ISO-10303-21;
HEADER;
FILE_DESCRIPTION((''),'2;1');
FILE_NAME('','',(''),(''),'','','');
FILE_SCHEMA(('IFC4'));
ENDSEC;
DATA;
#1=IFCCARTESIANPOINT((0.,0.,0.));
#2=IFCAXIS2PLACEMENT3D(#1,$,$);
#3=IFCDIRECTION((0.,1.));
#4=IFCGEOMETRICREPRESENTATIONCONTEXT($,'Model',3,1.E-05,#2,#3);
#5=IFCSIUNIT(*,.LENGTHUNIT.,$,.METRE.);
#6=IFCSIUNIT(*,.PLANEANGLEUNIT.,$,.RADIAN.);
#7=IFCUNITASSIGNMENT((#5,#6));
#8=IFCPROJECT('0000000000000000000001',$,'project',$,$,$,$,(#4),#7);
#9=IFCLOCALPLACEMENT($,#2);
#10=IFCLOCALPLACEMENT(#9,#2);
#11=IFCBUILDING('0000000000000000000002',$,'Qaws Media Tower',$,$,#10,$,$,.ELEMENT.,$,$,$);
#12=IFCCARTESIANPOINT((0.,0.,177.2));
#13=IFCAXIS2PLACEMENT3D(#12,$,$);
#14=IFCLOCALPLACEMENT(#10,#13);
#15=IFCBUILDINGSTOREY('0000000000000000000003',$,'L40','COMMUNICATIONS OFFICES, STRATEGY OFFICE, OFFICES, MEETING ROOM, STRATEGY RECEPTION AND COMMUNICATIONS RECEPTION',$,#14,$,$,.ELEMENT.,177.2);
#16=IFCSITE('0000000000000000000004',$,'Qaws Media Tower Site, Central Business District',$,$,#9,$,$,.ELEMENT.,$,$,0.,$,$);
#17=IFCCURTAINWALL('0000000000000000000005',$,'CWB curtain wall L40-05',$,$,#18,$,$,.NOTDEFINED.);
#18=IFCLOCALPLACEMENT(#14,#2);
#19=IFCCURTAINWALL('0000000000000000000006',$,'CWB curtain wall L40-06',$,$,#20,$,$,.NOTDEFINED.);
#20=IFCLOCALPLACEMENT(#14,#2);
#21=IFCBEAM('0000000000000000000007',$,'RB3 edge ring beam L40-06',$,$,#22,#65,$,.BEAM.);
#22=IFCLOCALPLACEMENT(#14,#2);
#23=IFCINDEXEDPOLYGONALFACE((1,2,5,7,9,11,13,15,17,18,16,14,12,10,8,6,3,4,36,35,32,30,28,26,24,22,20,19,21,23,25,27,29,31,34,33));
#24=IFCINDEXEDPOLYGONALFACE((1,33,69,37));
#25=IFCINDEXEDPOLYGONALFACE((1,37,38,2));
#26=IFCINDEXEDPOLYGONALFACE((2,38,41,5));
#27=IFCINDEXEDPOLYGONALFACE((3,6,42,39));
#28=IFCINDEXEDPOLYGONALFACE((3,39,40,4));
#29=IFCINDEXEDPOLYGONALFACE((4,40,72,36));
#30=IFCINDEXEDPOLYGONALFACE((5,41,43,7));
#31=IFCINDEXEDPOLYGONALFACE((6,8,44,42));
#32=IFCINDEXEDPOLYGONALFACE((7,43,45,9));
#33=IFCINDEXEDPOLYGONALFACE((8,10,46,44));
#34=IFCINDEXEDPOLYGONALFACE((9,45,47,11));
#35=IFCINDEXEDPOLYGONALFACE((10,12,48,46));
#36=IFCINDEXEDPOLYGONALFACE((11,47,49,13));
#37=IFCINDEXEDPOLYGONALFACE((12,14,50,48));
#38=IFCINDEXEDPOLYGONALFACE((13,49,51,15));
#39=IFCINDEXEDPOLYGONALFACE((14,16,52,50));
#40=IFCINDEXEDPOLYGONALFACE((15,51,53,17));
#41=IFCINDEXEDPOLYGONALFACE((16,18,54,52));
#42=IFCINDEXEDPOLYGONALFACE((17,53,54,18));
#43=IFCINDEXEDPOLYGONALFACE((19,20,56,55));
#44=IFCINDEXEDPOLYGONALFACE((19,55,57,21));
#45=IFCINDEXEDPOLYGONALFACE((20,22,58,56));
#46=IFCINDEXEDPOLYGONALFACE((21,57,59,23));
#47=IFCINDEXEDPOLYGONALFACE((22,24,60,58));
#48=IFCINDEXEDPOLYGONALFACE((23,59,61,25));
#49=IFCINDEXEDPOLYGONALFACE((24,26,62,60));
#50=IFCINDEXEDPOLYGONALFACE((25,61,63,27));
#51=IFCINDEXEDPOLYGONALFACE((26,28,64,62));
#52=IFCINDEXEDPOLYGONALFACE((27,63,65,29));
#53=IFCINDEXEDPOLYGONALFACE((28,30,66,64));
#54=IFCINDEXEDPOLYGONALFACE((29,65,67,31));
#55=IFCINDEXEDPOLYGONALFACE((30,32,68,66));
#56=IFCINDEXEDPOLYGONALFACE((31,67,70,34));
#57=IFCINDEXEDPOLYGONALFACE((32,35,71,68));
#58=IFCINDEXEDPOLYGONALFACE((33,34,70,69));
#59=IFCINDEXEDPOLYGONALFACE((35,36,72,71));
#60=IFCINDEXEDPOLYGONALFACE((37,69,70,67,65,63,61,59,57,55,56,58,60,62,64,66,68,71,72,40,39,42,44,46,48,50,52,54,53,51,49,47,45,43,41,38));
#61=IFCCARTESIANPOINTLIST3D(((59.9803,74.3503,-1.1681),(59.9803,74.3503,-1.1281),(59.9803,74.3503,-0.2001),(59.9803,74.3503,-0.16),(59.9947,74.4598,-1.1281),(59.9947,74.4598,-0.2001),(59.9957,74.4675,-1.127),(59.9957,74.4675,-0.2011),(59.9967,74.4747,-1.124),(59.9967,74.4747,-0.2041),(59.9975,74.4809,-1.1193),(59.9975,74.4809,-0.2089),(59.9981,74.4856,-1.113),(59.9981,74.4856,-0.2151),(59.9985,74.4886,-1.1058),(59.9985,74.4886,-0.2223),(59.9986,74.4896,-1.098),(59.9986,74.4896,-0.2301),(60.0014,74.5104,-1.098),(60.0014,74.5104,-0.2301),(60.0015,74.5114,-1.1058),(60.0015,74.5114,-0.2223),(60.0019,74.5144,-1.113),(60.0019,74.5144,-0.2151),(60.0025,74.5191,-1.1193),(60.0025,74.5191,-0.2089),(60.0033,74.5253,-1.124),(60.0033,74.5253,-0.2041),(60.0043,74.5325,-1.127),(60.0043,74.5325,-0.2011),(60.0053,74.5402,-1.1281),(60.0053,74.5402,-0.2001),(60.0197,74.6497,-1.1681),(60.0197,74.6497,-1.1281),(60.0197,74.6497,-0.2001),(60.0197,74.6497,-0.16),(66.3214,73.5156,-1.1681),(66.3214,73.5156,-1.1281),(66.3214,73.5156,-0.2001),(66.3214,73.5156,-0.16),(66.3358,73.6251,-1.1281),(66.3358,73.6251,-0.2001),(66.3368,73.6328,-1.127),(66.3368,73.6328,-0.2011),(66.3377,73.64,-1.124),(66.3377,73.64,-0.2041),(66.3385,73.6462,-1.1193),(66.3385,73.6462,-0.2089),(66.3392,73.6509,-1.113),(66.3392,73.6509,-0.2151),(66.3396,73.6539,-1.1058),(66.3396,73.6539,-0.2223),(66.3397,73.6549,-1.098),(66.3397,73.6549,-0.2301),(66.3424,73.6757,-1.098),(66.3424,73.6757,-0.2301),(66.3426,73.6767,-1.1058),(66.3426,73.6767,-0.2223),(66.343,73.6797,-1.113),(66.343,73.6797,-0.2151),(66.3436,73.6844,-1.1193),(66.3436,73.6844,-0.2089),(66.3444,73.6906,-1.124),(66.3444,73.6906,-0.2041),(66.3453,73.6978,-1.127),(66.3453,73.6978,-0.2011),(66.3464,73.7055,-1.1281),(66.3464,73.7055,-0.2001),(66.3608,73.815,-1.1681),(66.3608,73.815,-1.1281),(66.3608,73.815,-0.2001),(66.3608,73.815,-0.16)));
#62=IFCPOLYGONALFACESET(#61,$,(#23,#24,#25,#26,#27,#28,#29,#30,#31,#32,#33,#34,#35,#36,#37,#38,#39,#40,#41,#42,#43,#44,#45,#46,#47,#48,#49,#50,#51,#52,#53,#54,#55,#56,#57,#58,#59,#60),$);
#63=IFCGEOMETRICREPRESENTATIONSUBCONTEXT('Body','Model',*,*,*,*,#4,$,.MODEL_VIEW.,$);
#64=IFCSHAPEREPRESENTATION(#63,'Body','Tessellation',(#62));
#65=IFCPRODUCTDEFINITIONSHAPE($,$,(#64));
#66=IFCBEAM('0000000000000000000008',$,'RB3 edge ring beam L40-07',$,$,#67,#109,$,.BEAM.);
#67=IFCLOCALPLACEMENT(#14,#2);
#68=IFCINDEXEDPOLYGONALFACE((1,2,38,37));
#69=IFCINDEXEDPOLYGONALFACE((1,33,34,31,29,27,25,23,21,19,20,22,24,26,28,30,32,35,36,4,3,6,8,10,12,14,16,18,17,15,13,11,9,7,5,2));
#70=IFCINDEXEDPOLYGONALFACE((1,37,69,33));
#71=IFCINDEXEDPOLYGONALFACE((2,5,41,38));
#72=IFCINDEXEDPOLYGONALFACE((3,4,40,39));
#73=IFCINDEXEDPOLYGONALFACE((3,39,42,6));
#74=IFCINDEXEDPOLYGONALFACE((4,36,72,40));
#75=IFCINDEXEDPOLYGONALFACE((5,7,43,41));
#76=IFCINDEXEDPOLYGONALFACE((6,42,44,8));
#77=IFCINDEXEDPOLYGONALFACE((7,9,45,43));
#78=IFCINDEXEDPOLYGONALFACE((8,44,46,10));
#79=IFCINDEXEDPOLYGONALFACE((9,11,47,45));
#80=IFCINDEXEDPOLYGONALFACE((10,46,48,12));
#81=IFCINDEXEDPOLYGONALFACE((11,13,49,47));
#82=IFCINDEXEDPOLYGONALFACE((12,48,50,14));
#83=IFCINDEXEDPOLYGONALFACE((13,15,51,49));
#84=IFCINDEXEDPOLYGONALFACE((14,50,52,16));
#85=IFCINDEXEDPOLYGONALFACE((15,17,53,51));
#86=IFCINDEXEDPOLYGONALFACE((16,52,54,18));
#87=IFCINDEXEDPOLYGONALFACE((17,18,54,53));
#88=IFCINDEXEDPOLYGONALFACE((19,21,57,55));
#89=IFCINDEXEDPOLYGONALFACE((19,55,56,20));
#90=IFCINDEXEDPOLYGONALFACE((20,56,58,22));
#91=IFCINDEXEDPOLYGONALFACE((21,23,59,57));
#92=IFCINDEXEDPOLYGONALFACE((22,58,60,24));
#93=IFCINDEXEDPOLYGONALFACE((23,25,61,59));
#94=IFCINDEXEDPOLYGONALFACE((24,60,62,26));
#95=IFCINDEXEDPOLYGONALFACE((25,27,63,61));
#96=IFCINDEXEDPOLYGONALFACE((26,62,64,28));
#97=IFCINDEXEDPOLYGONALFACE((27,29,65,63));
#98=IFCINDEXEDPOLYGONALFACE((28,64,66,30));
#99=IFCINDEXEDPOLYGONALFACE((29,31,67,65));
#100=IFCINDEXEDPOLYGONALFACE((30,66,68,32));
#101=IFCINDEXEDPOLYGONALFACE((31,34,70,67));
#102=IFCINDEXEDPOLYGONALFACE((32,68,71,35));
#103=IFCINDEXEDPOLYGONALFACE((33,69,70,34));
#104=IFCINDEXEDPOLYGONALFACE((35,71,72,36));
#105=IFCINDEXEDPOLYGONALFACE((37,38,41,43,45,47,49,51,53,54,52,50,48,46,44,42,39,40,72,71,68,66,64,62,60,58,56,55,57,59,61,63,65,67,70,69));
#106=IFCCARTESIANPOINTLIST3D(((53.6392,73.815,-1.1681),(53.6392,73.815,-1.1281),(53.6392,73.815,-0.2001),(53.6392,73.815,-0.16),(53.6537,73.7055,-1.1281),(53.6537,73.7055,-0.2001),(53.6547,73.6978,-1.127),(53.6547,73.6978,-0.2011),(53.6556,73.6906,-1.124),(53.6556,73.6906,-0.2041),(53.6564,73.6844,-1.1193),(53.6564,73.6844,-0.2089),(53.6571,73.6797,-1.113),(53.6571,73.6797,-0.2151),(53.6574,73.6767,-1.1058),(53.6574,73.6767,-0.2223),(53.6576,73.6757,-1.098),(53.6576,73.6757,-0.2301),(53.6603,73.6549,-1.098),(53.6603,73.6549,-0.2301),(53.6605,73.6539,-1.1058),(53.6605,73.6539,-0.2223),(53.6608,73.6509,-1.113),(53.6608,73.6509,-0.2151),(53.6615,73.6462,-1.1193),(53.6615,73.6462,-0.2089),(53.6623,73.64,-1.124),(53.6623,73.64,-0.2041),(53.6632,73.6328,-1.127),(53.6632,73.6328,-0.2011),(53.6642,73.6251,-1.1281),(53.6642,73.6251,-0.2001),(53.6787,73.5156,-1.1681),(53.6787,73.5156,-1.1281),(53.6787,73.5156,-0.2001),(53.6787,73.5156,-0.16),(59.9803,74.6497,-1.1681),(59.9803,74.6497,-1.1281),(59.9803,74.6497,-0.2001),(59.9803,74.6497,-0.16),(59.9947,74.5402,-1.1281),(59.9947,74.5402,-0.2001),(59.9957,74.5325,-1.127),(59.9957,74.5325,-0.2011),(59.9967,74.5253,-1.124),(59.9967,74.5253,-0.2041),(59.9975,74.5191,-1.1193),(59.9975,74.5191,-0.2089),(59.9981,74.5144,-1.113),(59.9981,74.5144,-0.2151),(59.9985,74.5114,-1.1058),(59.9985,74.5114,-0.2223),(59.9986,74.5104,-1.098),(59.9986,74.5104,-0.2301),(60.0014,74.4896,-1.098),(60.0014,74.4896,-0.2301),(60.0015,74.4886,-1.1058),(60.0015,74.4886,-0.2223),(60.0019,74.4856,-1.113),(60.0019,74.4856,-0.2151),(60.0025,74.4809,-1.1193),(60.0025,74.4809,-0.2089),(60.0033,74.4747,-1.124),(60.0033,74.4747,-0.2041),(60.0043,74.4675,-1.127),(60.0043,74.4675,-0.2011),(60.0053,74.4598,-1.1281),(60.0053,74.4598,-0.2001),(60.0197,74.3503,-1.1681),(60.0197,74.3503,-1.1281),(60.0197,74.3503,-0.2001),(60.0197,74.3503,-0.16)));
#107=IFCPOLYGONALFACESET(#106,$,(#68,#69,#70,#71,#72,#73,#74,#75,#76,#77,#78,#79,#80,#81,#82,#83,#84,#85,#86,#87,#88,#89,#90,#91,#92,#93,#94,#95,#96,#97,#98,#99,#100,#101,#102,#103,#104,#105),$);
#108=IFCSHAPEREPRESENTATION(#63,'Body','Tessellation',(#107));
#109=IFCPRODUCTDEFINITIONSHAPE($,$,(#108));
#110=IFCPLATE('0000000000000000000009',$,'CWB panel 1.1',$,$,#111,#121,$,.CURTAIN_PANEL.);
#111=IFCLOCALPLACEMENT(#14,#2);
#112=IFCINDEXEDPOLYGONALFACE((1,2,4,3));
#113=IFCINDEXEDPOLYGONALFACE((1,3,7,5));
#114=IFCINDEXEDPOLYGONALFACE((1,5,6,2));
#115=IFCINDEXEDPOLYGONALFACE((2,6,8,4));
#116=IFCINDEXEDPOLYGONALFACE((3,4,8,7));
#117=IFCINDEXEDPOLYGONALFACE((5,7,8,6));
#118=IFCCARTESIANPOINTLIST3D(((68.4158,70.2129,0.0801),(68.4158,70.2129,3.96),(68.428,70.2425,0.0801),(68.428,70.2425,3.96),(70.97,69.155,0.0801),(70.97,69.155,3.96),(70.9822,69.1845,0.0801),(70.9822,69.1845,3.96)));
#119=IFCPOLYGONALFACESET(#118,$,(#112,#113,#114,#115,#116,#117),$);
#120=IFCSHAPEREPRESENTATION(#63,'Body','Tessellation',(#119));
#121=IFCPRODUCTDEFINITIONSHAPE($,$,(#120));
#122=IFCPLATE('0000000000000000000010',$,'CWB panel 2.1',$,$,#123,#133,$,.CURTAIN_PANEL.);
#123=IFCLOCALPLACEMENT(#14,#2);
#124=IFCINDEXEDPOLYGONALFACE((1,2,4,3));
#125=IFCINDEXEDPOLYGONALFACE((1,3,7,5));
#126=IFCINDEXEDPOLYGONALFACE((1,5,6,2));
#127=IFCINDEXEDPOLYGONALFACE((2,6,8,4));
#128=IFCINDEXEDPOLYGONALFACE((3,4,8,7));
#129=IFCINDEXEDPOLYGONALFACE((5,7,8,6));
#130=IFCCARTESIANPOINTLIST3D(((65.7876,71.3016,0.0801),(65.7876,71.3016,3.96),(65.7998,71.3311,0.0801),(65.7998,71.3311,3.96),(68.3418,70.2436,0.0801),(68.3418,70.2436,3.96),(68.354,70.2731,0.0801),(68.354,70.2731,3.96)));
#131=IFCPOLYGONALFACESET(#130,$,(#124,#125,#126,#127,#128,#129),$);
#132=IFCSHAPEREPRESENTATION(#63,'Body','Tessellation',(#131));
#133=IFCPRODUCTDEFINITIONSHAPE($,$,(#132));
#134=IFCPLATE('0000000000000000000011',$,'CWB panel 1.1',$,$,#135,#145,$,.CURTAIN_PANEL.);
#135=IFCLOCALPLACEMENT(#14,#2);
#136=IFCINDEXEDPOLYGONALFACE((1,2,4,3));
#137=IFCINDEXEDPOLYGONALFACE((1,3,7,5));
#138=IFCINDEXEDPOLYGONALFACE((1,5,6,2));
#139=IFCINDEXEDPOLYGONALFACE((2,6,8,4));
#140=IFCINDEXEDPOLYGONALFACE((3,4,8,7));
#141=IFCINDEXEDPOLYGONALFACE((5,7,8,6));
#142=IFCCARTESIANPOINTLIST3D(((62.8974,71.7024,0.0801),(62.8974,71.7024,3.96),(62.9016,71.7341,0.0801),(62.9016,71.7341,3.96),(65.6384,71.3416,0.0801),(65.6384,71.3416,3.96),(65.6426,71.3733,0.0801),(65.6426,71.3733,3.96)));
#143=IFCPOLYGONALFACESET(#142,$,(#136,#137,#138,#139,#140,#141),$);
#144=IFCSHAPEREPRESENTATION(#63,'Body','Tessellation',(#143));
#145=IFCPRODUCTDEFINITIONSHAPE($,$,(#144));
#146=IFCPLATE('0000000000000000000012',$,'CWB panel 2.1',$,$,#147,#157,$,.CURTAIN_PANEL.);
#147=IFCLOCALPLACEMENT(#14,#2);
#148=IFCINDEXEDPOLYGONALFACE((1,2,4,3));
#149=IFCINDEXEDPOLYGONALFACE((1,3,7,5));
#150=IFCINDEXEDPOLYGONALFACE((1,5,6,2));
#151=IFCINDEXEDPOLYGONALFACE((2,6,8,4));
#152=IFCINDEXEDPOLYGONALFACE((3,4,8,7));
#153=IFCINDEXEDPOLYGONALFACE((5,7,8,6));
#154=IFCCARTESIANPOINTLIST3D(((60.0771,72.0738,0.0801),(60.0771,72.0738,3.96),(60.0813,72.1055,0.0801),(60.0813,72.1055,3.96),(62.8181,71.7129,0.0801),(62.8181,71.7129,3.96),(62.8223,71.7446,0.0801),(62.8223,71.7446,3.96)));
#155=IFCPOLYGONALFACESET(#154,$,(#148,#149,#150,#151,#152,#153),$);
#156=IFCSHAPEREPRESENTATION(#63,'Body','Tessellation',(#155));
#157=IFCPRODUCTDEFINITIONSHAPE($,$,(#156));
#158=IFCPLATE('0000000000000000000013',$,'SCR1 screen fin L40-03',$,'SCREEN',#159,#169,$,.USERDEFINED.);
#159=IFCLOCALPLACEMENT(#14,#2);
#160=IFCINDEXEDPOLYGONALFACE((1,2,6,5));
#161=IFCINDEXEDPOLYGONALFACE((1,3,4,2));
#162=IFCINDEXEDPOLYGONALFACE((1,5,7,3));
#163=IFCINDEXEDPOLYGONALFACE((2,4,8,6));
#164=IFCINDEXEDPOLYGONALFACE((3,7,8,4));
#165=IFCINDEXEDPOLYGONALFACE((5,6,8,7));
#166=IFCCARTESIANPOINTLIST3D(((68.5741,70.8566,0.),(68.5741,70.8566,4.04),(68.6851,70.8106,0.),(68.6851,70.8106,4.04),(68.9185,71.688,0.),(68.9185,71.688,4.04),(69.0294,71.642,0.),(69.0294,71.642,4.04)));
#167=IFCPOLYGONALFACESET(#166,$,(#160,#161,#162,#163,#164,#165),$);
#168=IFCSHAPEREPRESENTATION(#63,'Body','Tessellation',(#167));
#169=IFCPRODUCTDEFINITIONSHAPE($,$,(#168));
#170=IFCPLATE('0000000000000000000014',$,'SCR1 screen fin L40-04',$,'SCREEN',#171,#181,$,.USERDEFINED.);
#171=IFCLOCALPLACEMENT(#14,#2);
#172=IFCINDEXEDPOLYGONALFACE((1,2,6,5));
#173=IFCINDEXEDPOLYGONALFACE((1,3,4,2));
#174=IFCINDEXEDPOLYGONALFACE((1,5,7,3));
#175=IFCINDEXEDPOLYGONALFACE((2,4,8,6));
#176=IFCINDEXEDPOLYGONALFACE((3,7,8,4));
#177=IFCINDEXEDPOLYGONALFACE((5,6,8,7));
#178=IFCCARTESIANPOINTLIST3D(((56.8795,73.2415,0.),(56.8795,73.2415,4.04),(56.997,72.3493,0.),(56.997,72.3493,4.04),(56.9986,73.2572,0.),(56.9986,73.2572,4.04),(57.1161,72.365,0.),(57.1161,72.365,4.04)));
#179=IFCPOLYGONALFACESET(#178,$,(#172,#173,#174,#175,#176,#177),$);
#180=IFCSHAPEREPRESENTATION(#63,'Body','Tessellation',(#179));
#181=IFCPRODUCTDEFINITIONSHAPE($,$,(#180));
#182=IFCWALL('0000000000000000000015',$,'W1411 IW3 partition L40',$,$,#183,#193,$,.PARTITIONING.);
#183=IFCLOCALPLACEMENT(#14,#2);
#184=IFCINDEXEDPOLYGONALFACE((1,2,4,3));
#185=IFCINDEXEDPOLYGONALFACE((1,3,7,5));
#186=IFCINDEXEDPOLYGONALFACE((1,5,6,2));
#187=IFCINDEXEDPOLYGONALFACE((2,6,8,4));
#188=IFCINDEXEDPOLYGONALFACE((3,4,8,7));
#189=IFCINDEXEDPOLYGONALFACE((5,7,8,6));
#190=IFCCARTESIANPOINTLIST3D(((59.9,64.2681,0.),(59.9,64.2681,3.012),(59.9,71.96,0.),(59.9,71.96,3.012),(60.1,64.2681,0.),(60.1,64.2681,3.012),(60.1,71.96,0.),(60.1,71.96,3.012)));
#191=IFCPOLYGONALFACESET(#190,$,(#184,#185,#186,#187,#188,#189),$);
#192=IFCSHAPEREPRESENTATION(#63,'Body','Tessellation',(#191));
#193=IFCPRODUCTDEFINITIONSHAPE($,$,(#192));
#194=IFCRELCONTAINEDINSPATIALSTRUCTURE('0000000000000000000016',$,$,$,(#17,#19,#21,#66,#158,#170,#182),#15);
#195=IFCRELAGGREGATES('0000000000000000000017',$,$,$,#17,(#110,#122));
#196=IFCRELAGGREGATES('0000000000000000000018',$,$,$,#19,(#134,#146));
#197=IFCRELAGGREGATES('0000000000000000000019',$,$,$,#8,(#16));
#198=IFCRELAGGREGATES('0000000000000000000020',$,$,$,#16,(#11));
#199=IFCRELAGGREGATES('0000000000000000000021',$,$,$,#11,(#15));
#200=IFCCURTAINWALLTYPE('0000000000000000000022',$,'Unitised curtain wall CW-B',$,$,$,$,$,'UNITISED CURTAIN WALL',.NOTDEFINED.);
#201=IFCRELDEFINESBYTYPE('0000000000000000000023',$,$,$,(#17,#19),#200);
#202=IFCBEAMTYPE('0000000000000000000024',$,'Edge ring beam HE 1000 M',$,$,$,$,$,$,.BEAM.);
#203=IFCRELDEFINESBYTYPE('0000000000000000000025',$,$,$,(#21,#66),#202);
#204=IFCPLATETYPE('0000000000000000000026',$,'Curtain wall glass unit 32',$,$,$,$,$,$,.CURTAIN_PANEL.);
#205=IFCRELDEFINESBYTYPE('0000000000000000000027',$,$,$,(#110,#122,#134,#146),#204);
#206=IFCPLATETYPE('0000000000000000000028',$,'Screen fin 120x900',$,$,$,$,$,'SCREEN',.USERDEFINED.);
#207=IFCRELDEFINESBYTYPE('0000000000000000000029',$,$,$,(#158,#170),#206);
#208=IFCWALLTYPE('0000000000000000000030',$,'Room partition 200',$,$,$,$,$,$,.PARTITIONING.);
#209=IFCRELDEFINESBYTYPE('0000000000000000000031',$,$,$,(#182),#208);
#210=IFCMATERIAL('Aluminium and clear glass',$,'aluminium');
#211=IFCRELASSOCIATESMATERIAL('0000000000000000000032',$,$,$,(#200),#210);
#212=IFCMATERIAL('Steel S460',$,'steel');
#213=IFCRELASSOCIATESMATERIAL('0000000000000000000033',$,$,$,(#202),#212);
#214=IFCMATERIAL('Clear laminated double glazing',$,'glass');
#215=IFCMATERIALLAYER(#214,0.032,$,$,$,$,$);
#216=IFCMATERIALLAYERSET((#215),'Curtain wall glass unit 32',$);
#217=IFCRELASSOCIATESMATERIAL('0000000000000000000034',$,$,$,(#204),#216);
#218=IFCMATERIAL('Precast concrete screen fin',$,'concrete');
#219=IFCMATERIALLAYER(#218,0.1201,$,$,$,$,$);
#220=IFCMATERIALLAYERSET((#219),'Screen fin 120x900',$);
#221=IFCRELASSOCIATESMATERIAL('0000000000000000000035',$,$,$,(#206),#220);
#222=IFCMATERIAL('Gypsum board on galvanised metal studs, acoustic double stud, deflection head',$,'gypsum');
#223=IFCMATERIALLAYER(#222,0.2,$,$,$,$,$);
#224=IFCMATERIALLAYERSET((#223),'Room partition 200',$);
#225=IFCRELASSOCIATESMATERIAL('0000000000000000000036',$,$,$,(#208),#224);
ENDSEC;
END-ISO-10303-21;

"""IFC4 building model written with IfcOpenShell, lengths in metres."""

from ifc_helpers import new_model, si_unit, direction, frame, frame_2d, origin, origin_2d, place, context, subcontext, project, spatial, rectangle, i_section, extrude, material, layer, layer_set, material_profile, profile_set, type_object, element, aggregate, save


model = new_model("IFC4")

# Units and contexts
model_context = context("Model", 3, precision=1e-05, world=origin(), true_north=direction((0.0, 1.0)))
body_context = subcontext(model_context, "Body", "Model", "MODEL_VIEW")
ifc_project = project(units=[si_unit("LENGTHUNIT", "METRE"), si_unit("PLANEANGLEUNIT", "RADIAN")], contexts=[model_context])

# Site, building, storey
site_placement = place(None, origin())
site = spatial("IfcSite", under=ifc_project, at=site_placement, Name="Qaws Media Tower Site, Central Business District", CompositionType="ELEMENT", RefElevation=0.0)
building_placement = place(site_placement, origin())
building = spatial("IfcBuilding", under=site, at=building_placement, Name="Qaws Media Tower", CompositionType="ELEMENT")
storey_placement = place(building_placement, frame((0.0, 0.0, 177.2)))
storey = spatial("IfcBuildingStorey", under=building, at=storey_placement, Name="L40", Description="COMMUNICATIONS OFFICES, STRATEGY OFFICE, OFFICES, MEETING ROOM, STRATEGY RECEPTION AND COMMUNICATIONS RECEPTION", CompositionType="ELEMENT", Elevation=177.2)

# Shared definitions
ifc_material_1 = material(Name="Aluminium and clear glass", Category="aluminium")
curtain_wall_type = type_object("IfcCurtainWallType", Name="Unitised curtain wall CW-B", ElementType="UNITISED CURTAIN WALL", PredefinedType="NOTDEFINED", material=ifc_material_1)

# Curtain walls
curtain_wall_1_placement = place(storey_placement, origin())
curtain_wall_1 = element("IfcCurtainWall", 1, at=curtain_wall_1_placement, inside=storey, type_object=curtain_wall_type, Name="CWB curtain wall L40-05", PredefinedType="NOTDEFINED")
curtain_wall_2_placement = place(storey_placement, origin())
curtain_wall_2 = element("IfcCurtainWall", 2, at=curtain_wall_2_placement, inside=storey, type_object=curtain_wall_type, Name="CWB curtain wall L40-06", PredefinedType="NOTDEFINED")

# Beams
ifc_material_2 = material(Name="Steel S460", Category="steel")
ifc_material_profile_1 = material_profile(ifc_material_2, i_section(OverallWidth=0.302, OverallDepth=1.0081, WebThickness=0.021, FlangeThickness=0.04, FilletRadius=0.03, at=origin_2d()), Name="HE 1000 M")
ifc_profile_set_1 = profile_set([ifc_material_profile_1], Name="Steel S460")
beam_type = type_object("IfcBeamType", Name="Edge ring beam HE 1000 M", PredefinedType="BEAM", material=ifc_profile_set_1)
for number, where, z_axis, x_axis, name in (
    (3, (66.3411, 73.6653, -0.6641), (-0.991447, 0.130511, 0.0), (-0.130511, -0.991447, 0.0), "RB3 edge ring beam L40-06"),
    (4, (60.0, 74.5, -0.6641), (-0.991447, -0.130511, 0.0), (0.130511, -0.991447, 0.0), "RB3 edge ring beam L40-07"),
):
    element("IfcBeam", number, at=place(storey_placement, frame(where, z_axis=z_axis, x_axis=x_axis)), inside=storey, type_object=beam_type, Name=name, PredefinedType="BEAM", context=body_context, shape_type="SweptSolid", body=[
        extrude(i_section(OverallWidth=0.302, OverallDepth=1.0081, WebThickness=0.021, FlangeThickness=0.04, FilletRadius=0.03, at=origin_2d()), origin(), (0.0, 0.0, 1.0), 6.3958),
    ])

# Plates
ifc_material_3 = material(Name="Clear laminated double glazing", Category="glass")
ifc_layer_1 = layer(ifc_material_3, 0.032)
ifc_layer_set_1 = layer_set([ifc_layer_1], Name="Curtain wall glass unit 32")
plate_type_1 = type_object("IfcPlateType", Name="Curtain wall glass unit 32", PredefinedType="CURTAIN_PANEL", material=ifc_layer_set_1)
plate_1_placement = place(storey_placement, frame((69.699, 69.6987, 0.0801), z_axis=(0.0, 0.0, 1.0), x_axis=(-0.923879, 0.382684, 0.0)))
plate_1 = element("IfcPlate", 5, at=plate_1_placement, type_object=plate_type_1, Name="CWB panel 1.1", PredefinedType="CURTAIN_PANEL", context=body_context, shape_type="SweptSolid", body=[
    extrude(rectangle(XDim=2.7646, YDim=0.032, at=origin_2d()), origin(), (0.0, 0.0, 1.0), 3.8799),
])
plate_2_placement = place(storey_placement, frame((67.0708, 70.7874, 0.0801), z_axis=(0.0, 0.0, 1.0), x_axis=(-0.923879, 0.382684, 0.0)))
plate_2 = element("IfcPlate", 6, at=plate_2_placement, type_object=plate_type_1, Name="CWB panel 2.1", PredefinedType="CURTAIN_PANEL", context=body_context, shape_type="SweptSolid", body=[
    extrude(rectangle(XDim=2.7646, YDim=0.032, at=origin_2d()), origin(), (0.0, 0.0, 1.0), 3.8799),
])
aggregate(curtain_wall_1, [plate_1, plate_2])
plate_3_placement = place(storey_placement, frame((64.27, 71.5378, 0.0801), z_axis=(0.0, 0.0, 1.0), x_axis=(-0.991445, 0.130526, 0.0)))
plate_3 = element("IfcPlate", 7, at=plate_3_placement, type_object=plate_type_1, Name="CWB panel 1.1", PredefinedType="CURTAIN_PANEL", context=body_context, shape_type="SweptSolid", body=[
    extrude(rectangle(XDim=2.7646, YDim=0.032, at=origin_2d()), origin(), (0.0, 0.0, 1.0), 3.8799),
])
plate_4_placement = place(storey_placement, frame((61.4497, 71.9092, 0.0801), z_axis=(0.0, 0.0, 1.0), x_axis=(-0.991445, 0.130526, 0.0)))
plate_4 = element("IfcPlate", 8, at=plate_4_placement, type_object=plate_type_1, Name="CWB panel 2.1", PredefinedType="CURTAIN_PANEL", context=body_context, shape_type="SweptSolid", body=[
    extrude(rectangle(XDim=2.7646, YDim=0.032, at=origin_2d()), origin(), (0.0, 0.0, 1.0), 3.8799),
])
aggregate(curtain_wall_2, [plate_3, plate_4])

# Plates
ifc_material_4 = material(Name="Precast concrete screen fin", Category="concrete")
ifc_layer_2 = layer(ifc_material_4, 0.1201)
ifc_layer_set_2 = layer_set([ifc_layer_2], Name="Screen fin 120x900")
plate_type_2 = type_object("IfcPlateType", Name="Screen fin 120x900", ElementType="SCREEN", PredefinedType="USERDEFINED", material=ifc_layer_set_2)
for number, where, z_axis, x_axis, name in (
    (9, (68.8018, 71.2493, 0.0), (0.0, 0.0, 1.0), (0.382683, 0.92388, 0.0), "SCR1 screen fin L40-03"),
    (10, (56.9978, 72.8032, 0.0), (0.0, 0.0, 1.0), (-0.130526, 0.991445, 0.0), "SCR1 screen fin L40-04"),
):
    element("IfcPlate", number, at=place(storey_placement, frame(where, z_axis=z_axis, x_axis=x_axis)), inside=storey, type_object=plate_type_2, Name=name, ObjectType="SCREEN", PredefinedType="USERDEFINED", context=body_context, shape_type="SweptSolid", body=[
        extrude(rectangle(XDim=0.8999, YDim=0.1201, at=origin_2d()), origin(), (0.0, 0.0, 1.0), 4.04),
    ])

# Wall
ifc_material_5 = material(Name="Gypsum board on galvanised metal studs, acoustic double stud, deflection head", Category="gypsum")
ifc_layer_3 = layer(ifc_material_5, 0.2)
ifc_layer_set_3 = layer_set([ifc_layer_3], Name="Room partition 200")
wall_type_1 = type_object("IfcWallType", Name="Room partition 200", PredefinedType="PARTITIONING", material=ifc_layer_set_3)
wall_1_placement = place(storey_placement, frame((60.0, 64.2681, 0.0), z_axis=(0.0, 0.0, 1.0), x_axis=(0.0, 1.0, 0.0)))
element("IfcWall", 11, at=wall_1_placement, inside=storey, type_object=wall_type_1, Name="W1411 IW3 partition L40", PredefinedType="PARTITIONING", context=body_context, shape_type="SweptSolid", body=[
    extrude(rectangle(XDim=7.6919, YDim=0.2, at=frame_2d((3.8459, 0.0))), origin(), (0.0, 0.0, 1.0), 3.012),
])

save(model, "model.ifc")
